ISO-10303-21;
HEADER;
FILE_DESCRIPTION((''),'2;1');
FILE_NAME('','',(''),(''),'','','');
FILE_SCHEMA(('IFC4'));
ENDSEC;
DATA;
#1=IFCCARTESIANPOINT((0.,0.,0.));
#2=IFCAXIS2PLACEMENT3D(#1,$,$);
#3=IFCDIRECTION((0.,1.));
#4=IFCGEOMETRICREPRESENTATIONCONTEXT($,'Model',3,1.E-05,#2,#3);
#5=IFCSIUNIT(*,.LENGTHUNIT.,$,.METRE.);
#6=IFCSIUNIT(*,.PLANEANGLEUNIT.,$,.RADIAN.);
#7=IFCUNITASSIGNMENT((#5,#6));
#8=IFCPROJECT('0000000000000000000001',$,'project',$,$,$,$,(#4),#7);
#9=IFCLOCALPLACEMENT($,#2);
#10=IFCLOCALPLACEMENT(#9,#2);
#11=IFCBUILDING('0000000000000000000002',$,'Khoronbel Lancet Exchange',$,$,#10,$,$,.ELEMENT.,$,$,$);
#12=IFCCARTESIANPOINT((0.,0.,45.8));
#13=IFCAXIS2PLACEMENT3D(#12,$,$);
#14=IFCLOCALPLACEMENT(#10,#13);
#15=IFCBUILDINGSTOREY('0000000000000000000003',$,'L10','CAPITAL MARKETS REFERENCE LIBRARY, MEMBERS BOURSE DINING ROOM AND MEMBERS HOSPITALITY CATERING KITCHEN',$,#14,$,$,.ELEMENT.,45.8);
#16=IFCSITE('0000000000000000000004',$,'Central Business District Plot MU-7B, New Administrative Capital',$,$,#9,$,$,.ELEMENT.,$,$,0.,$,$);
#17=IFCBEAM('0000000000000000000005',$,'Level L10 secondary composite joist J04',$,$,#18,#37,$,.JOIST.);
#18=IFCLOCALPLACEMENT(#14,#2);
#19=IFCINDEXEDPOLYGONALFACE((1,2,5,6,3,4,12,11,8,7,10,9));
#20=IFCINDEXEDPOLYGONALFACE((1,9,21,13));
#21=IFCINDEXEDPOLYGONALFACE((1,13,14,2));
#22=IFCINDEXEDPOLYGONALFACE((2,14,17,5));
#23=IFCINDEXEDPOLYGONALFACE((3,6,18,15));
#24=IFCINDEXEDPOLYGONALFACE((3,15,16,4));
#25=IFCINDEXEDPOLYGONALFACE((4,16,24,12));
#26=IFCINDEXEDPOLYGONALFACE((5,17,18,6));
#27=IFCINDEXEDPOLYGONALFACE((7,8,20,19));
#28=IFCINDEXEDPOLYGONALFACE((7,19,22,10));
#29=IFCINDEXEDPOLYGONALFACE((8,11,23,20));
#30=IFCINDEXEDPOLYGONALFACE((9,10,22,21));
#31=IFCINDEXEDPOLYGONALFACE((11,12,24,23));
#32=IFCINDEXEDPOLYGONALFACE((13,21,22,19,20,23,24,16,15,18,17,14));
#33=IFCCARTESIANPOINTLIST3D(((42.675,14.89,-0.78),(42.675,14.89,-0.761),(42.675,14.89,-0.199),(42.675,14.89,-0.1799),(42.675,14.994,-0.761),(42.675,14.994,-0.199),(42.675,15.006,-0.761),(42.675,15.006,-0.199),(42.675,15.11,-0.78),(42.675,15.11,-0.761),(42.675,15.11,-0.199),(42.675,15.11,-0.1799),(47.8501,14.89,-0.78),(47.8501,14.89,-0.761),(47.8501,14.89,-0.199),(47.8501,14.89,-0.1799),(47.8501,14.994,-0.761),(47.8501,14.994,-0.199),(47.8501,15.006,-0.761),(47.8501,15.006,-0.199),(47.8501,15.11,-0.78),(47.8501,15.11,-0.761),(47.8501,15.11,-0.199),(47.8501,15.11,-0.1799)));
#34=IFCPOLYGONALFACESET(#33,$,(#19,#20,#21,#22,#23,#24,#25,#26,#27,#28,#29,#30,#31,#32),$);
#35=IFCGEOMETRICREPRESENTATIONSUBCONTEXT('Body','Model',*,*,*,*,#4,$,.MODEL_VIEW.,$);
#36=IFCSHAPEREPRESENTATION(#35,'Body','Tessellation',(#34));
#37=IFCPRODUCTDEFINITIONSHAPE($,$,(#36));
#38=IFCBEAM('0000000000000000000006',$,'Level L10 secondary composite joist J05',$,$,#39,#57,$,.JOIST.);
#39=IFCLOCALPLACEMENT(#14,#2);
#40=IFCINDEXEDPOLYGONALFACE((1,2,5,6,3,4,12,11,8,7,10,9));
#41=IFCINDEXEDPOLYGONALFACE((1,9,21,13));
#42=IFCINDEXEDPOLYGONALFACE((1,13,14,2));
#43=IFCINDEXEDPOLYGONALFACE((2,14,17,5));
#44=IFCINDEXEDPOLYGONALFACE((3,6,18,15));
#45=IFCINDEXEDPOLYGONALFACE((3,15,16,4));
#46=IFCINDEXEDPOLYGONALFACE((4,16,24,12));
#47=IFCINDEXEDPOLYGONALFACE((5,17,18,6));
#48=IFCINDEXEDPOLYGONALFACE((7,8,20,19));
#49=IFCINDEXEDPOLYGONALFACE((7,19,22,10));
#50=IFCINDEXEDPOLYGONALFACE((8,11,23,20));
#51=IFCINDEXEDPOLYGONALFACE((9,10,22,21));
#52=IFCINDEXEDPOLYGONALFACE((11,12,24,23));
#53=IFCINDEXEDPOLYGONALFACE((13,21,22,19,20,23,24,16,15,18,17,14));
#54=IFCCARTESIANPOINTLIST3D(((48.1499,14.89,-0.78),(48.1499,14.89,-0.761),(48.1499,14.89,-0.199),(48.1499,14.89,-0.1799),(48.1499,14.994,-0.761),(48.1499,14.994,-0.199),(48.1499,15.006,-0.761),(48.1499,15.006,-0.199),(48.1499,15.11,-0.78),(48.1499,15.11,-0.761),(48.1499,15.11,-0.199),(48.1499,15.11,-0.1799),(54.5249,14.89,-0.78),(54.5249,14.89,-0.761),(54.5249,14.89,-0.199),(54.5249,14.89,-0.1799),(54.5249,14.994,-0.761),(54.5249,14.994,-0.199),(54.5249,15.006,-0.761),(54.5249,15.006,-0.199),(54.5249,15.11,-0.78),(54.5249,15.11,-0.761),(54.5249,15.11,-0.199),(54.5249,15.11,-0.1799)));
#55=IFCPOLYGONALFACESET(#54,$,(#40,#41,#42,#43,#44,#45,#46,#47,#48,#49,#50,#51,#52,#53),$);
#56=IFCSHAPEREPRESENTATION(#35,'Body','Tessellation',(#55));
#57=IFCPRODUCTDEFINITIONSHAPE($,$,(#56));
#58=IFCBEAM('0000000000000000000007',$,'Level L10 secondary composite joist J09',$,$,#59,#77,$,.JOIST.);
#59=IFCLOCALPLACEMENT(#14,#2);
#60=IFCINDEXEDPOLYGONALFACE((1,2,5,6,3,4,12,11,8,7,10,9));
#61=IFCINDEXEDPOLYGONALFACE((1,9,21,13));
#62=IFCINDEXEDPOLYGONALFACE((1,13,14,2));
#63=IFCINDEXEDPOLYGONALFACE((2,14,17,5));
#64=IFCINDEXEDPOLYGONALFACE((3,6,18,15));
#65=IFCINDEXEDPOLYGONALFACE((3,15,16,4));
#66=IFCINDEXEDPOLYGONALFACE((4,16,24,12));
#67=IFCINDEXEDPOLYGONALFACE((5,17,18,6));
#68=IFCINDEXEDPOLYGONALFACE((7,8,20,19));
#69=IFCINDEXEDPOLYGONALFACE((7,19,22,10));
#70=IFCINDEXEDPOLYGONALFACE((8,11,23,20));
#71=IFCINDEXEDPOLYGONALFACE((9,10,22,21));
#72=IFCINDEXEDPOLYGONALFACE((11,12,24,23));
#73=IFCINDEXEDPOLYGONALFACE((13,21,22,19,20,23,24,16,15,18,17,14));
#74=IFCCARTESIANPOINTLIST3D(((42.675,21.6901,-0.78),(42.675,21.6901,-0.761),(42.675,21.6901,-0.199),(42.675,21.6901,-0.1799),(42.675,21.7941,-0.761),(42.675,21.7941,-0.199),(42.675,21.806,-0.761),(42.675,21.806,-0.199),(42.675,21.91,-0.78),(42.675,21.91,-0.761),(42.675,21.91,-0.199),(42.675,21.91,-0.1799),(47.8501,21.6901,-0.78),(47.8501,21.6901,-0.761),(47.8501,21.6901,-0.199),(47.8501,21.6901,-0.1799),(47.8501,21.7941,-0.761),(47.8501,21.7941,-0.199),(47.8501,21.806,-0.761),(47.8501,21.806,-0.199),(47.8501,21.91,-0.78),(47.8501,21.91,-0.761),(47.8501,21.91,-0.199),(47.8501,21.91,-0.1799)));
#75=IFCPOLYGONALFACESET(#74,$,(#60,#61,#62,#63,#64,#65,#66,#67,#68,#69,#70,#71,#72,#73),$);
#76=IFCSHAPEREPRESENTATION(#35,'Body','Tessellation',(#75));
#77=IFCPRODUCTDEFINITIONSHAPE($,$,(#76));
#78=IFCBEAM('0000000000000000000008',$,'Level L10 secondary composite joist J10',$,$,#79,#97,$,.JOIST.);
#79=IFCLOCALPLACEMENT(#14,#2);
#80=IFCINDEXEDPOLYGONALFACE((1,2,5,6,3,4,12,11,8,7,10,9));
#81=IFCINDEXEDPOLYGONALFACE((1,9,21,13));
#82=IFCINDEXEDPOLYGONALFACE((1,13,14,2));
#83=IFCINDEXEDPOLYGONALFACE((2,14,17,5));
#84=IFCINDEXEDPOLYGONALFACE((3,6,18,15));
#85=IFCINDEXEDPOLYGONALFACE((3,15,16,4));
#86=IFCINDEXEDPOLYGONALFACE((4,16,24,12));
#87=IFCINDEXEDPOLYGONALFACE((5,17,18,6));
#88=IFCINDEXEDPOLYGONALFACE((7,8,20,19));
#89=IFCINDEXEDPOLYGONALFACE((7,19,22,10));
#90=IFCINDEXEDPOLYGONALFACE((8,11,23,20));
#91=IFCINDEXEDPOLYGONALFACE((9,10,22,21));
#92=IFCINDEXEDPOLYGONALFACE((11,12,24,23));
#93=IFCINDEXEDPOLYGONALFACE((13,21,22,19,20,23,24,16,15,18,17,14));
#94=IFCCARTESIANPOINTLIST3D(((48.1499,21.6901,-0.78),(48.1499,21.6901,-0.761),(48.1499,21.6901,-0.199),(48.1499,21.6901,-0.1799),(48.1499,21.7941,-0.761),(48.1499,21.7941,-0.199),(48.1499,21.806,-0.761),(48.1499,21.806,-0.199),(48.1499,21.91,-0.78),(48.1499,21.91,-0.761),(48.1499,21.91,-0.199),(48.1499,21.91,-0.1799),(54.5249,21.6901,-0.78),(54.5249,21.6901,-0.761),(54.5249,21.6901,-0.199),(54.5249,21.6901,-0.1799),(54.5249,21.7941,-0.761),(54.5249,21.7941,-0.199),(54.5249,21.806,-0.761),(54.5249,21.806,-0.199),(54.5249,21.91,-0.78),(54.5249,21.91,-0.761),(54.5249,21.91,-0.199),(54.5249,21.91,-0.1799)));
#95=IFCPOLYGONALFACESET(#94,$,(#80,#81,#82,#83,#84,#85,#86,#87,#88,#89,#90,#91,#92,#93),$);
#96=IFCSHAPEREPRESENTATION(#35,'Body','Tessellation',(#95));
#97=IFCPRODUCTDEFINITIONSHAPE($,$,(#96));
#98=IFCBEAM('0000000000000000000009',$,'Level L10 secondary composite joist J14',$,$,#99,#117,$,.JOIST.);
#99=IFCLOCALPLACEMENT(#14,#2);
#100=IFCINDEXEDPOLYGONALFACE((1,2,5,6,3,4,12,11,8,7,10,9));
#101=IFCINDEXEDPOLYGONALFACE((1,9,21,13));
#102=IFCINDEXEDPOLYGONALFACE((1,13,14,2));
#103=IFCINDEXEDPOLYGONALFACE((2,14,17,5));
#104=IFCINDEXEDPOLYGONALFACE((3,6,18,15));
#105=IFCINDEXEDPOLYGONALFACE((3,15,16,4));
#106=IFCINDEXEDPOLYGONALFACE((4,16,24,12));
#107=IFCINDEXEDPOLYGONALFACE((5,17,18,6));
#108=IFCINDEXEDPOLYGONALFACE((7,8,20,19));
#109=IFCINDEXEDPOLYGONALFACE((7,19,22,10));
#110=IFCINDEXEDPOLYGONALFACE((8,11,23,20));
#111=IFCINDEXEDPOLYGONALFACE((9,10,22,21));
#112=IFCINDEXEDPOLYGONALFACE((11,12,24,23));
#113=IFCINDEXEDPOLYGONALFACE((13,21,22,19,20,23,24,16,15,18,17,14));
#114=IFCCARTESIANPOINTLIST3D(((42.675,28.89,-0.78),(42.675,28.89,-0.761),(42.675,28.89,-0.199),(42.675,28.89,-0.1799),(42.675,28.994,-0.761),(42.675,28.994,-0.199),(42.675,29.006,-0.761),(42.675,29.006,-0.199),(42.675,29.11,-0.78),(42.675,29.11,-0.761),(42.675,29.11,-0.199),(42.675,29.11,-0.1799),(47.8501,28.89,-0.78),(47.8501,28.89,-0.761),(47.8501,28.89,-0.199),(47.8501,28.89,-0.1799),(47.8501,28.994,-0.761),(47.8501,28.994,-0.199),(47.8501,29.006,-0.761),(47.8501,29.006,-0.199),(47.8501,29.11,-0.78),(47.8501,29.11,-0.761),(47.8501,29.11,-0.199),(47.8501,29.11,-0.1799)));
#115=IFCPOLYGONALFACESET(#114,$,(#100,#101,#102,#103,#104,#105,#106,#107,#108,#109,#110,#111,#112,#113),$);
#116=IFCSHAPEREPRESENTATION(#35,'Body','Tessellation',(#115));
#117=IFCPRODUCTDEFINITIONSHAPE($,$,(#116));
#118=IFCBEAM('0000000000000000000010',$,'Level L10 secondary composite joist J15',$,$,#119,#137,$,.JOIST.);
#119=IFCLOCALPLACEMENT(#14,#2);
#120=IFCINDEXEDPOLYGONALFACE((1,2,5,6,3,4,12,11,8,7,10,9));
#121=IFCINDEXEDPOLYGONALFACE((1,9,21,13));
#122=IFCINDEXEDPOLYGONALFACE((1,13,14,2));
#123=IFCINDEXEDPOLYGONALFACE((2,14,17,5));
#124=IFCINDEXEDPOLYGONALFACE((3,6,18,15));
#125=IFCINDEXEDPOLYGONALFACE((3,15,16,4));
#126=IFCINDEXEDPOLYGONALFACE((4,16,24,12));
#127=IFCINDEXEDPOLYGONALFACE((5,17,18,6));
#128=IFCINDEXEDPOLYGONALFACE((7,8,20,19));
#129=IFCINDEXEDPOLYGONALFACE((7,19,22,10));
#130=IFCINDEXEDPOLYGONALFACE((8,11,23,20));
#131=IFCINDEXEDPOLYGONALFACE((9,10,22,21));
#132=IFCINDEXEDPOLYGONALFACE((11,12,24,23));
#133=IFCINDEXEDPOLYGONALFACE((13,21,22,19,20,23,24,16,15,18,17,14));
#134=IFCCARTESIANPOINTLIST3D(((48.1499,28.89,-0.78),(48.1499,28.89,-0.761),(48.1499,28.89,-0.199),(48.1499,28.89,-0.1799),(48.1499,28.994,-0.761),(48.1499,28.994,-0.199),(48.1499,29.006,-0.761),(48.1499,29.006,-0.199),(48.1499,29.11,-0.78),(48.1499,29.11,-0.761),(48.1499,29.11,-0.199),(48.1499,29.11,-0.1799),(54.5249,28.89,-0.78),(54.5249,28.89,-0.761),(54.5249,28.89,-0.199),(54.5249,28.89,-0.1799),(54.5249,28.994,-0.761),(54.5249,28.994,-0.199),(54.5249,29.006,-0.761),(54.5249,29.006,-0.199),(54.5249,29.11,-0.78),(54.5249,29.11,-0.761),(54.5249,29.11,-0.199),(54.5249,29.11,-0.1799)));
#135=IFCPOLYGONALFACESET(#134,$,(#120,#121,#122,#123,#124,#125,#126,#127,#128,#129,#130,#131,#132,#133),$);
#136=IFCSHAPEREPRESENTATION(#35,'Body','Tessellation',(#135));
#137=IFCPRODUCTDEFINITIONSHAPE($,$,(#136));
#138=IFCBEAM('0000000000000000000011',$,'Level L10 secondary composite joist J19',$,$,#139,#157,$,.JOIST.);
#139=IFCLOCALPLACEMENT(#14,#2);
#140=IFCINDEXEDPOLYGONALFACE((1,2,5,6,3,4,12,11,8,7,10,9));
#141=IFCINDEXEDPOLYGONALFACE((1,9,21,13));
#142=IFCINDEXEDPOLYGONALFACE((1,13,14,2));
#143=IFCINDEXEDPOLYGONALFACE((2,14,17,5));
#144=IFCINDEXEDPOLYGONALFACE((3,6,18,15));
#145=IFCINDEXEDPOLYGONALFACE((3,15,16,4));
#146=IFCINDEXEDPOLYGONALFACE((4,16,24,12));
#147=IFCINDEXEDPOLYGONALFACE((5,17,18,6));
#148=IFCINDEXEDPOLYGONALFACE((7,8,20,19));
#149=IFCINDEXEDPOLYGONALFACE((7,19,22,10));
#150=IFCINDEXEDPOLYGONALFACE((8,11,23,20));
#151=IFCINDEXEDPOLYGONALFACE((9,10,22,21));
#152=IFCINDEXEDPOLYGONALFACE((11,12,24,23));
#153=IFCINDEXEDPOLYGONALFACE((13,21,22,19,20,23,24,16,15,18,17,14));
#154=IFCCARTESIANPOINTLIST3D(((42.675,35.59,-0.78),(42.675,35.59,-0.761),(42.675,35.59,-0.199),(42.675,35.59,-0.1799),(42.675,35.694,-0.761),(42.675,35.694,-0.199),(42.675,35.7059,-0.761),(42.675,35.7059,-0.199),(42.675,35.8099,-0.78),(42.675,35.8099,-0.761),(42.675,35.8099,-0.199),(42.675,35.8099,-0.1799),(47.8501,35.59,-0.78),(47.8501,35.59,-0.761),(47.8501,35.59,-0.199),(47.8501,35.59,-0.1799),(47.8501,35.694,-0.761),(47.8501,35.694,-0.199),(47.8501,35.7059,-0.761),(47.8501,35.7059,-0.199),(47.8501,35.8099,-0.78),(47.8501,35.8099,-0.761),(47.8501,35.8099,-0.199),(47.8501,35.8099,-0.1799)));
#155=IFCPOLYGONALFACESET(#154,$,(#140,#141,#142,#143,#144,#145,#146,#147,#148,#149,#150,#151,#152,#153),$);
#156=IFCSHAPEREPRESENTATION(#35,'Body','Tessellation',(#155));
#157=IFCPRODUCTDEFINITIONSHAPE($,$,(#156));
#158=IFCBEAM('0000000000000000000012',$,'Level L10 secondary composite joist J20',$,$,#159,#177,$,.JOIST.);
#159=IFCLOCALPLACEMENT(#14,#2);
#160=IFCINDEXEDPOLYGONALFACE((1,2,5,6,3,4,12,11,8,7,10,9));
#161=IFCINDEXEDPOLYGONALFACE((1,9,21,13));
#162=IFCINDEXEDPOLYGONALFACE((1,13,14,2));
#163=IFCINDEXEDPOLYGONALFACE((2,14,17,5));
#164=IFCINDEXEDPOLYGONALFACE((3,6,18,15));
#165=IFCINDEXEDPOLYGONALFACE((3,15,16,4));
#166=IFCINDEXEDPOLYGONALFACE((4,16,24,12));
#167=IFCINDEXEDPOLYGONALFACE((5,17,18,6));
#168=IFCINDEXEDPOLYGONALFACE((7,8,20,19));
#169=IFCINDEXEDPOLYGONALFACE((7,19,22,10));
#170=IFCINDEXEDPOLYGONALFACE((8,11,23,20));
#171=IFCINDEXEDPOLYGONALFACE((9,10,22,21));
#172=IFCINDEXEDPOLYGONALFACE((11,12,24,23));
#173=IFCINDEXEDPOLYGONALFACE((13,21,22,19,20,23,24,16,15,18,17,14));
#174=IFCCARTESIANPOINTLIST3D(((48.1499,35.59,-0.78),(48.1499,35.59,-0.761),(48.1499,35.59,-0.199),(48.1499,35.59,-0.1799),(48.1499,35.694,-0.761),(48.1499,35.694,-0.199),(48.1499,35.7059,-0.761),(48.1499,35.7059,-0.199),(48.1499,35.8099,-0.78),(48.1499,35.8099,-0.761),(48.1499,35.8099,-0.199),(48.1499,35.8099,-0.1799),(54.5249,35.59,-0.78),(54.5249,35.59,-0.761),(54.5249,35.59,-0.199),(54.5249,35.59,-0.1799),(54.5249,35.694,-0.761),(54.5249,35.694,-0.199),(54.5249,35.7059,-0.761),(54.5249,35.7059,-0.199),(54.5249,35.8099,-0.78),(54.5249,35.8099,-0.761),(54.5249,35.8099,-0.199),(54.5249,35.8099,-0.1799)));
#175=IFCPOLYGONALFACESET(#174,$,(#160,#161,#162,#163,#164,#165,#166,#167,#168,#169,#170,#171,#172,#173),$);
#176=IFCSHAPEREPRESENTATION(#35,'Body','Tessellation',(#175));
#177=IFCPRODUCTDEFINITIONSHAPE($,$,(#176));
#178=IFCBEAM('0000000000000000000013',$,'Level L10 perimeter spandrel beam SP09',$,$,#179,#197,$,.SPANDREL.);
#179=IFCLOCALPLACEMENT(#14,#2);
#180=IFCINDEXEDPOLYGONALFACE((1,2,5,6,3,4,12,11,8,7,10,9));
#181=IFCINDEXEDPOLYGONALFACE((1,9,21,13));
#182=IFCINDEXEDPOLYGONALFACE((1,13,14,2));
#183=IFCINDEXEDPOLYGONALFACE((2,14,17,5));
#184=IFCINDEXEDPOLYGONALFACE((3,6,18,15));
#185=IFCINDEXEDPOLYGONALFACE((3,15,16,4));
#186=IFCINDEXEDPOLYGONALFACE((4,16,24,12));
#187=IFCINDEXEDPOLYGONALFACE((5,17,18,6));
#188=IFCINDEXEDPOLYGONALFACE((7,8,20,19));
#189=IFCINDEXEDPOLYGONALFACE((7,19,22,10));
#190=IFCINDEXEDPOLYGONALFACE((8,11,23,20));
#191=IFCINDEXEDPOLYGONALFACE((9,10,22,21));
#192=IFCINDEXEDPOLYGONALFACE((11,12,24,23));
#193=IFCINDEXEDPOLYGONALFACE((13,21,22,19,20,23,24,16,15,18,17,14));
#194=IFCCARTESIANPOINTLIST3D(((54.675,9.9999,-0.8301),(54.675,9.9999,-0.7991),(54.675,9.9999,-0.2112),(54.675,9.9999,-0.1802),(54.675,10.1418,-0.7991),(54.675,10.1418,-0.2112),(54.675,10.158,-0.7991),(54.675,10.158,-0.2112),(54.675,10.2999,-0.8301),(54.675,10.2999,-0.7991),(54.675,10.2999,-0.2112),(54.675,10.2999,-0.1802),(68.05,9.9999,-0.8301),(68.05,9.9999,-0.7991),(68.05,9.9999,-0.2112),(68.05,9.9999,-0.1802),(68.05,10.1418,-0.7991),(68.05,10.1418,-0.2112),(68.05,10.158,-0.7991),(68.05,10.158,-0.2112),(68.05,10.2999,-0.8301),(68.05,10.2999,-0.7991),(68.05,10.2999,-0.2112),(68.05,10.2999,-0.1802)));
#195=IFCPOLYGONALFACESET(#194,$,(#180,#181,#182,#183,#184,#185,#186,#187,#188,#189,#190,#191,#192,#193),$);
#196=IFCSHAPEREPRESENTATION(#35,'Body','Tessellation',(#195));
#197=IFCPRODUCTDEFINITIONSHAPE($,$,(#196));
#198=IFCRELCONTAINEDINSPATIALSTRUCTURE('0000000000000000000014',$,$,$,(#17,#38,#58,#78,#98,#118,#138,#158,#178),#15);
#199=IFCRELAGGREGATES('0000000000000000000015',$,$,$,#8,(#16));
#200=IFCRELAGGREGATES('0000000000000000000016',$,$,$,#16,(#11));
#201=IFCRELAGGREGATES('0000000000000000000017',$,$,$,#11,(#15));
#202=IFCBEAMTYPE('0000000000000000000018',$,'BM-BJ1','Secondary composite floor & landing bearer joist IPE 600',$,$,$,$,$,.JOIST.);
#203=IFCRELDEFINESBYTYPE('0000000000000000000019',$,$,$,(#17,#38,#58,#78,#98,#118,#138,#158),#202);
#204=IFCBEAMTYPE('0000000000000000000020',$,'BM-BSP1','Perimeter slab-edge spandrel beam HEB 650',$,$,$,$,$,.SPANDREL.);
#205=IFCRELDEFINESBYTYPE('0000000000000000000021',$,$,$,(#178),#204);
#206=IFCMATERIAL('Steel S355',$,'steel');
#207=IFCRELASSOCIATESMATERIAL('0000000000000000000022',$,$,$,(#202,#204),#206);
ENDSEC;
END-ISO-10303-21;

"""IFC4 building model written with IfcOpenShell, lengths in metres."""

from ifc_helpers import new_model, si_unit, direction, frame, origin, origin_2d, place, context, subcontext, project, spatial, i_section, extrude, material, material_profile, profile_set, type_object, element, save


model = new_model("IFC4")

# Units and contexts
model_context = context("Model", 3, precision=1e-05, world=origin(), true_north=direction((0.0, 1.0)))
body_context = subcontext(model_context, "Body", "Model", "MODEL_VIEW")
ifc_project = project(units=[si_unit("LENGTHUNIT", "METRE"), si_unit("PLANEANGLEUNIT", "RADIAN")], contexts=[model_context])

# Site, building, storey
site_placement = place(None, origin())
site = spatial("IfcSite", under=ifc_project, at=site_placement, Name="Central Business District Plot MU-7B, New Administrative Capital", CompositionType="ELEMENT", RefElevation=0.0)
building_placement = place(site_placement, origin())
building = spatial("IfcBuilding", under=site, at=building_placement, Name="Khoronbel Lancet Exchange", CompositionType="ELEMENT")
storey_placement = place(building_placement, frame((0.0, 0.0, 45.8)))
storey = spatial("IfcBuildingStorey", under=building, at=storey_placement, Name="L10", Description="CAPITAL MARKETS REFERENCE LIBRARY, MEMBERS BOURSE DINING ROOM AND MEMBERS HOSPITALITY CATERING KITCHEN", CompositionType="ELEMENT", Elevation=45.8)

# Beams
ifc_material_1 = material(Name="Steel S355", Category="steel")
ifc_material_profile_1 = material_profile(ifc_material_1, i_section(OverallWidth=0.22, OverallDepth=0.6001, WebThickness=0.012, FlangeThickness=0.019, at=origin_2d()), Name="IPE 600")
ifc_profile_set_1 = profile_set([ifc_material_profile_1], Name="Steel S355")
beam_type_1 = type_object("IfcBeamType", Name="BM-BJ1", Description="Secondary composite floor & landing bearer joist IPE 600", PredefinedType="JOIST", material=ifc_profile_set_1)
beam_1_placement = place(storey_placement, frame((42.675, 15.0, -0.48), z_axis=(1.0, 0.0, 0.0), x_axis=(0.0, 1.0, 0.0)))
element("IfcBeam", 1, at=beam_1_placement, inside=storey, type_object=beam_type_1, Name="Level L10 secondary composite joist J04", PredefinedType="JOIST", context=body_context, shape_type="SweptSolid", body=[
    extrude(i_section(OverallWidth=0.22, OverallDepth=0.6001, WebThickness=0.012, FlangeThickness=0.019, at=origin_2d()), origin(), (0.0, 0.0, 1.0), 5.175),
])
beam_2_placement = place(storey_placement, frame((48.1499, 15.0, -0.48), z_axis=(1.0, 0.0, 0.0), x_axis=(0.0, 1.0, 0.0)))
element("IfcBeam", 2, at=beam_2_placement, inside=storey, type_object=beam_type_1, Name="Level L10 secondary composite joist J05", PredefinedType="JOIST", context=body_context, shape_type="SweptSolid", body=[
    extrude(i_section(OverallWidth=0.22, OverallDepth=0.6001, WebThickness=0.012, FlangeThickness=0.019, at=origin_2d()), origin(), (0.0, 0.0, 1.0), 6.375),
])
beam_3_placement = place(storey_placement, frame((42.675, 21.8, -0.48), z_axis=(1.0, 0.0, 0.0), x_axis=(0.0, 1.0, 0.0)))
element("IfcBeam", 3, at=beam_3_placement, inside=storey, type_object=beam_type_1, Name="Level L10 secondary composite joist J09", PredefinedType="JOIST", context=body_context, shape_type="SweptSolid", body=[
    extrude(i_section(OverallWidth=0.22, OverallDepth=0.6001, WebThickness=0.012, FlangeThickness=0.019, at=origin_2d()), origin(), (0.0, 0.0, 1.0), 5.175),
])
beam_4_placement = place(storey_placement, frame((48.1499, 21.8, -0.48), z_axis=(1.0, 0.0, 0.0), x_axis=(0.0, 1.0, 0.0)))
element("IfcBeam", 4, at=beam_4_placement, inside=storey, type_object=beam_type_1, Name="Level L10 secondary composite joist J10", PredefinedType="JOIST", context=body_context, shape_type="SweptSolid", body=[
    extrude(i_section(OverallWidth=0.22, OverallDepth=0.6001, WebThickness=0.012, FlangeThickness=0.019, at=origin_2d()), origin(), (0.0, 0.0, 1.0), 6.375),
])
beam_5_placement = place(storey_placement, frame((42.675, 29.0, -0.48), z_axis=(1.0, 0.0, 0.0), x_axis=(0.0, 1.0, 0.0)))
element("IfcBeam", 5, at=beam_5_placement, inside=storey, type_object=beam_type_1, Name="Level L10 secondary composite joist J14", PredefinedType="JOIST", context=body_context, shape_type="SweptSolid", body=[
    extrude(i_section(OverallWidth=0.22, OverallDepth=0.6001, WebThickness=0.012, FlangeThickness=0.019, at=origin_2d()), origin(), (0.0, 0.0, 1.0), 5.175),
])
beam_6_placement = place(storey_placement, frame((48.1499, 29.0, -0.48), z_axis=(1.0, 0.0, 0.0), x_axis=(0.0, 1.0, 0.0)))
element("IfcBeam", 6, at=beam_6_placement, inside=storey, type_object=beam_type_1, Name="Level L10 secondary composite joist J15", PredefinedType="JOIST", context=body_context, shape_type="SweptSolid", body=[
    extrude(i_section(OverallWidth=0.22, OverallDepth=0.6001, WebThickness=0.012, FlangeThickness=0.019, at=origin_2d()), origin(), (0.0, 0.0, 1.0), 6.375),
])
beam_7_placement = place(storey_placement, frame((42.675, 35.7, -0.48), z_axis=(1.0, 0.0, 0.0), x_axis=(0.0, 1.0, 0.0)))
element("IfcBeam", 7, at=beam_7_placement, inside=storey, type_object=beam_type_1, Name="Level L10 secondary composite joist J19", PredefinedType="JOIST", context=body_context, shape_type="SweptSolid", body=[
    extrude(i_section(OverallWidth=0.22, OverallDepth=0.6001, WebThickness=0.012, FlangeThickness=0.019, at=origin_2d()), origin(), (0.0, 0.0, 1.0), 5.175),
])
beam_8_placement = place(storey_placement, frame((48.1499, 35.7, -0.48), z_axis=(1.0, 0.0, 0.0), x_axis=(0.0, 1.0, 0.0)))
element("IfcBeam", 8, at=beam_8_placement, inside=storey, type_object=beam_type_1, Name="Level L10 secondary composite joist J20", PredefinedType="JOIST", context=body_context, shape_type="SweptSolid", body=[
    extrude(i_section(OverallWidth=0.22, OverallDepth=0.6001, WebThickness=0.012, FlangeThickness=0.019, at=origin_2d()), origin(), (0.0, 0.0, 1.0), 6.375),
])
ifc_material_profile_2 = material_profile(ifc_material_1, i_section(OverallWidth=0.3, OverallDepth=0.6499, WebThickness=0.0161, FlangeThickness=0.031, at=origin_2d()), Name="HEB 650")
ifc_profile_set_2 = profile_set([ifc_material_profile_2], Name="Steel S355")
beam_type_2 = type_object("IfcBeamType", Name="BM-BSP1", Description="Perimeter slab-edge spandrel beam HEB 650", PredefinedType="SPANDREL", material=ifc_profile_set_2)
beam_9_placement = place(storey_placement, frame((54.675, 10.1499, -0.5051), z_axis=(1.0, 0.0, 0.0), x_axis=(0.0, 1.0, 0.0)))
element("IfcBeam", 9, at=beam_9_placement, inside=storey, type_object=beam_type_2, Name="Level L10 perimeter spandrel beam SP09", PredefinedType="SPANDREL", context=body_context, shape_type="SweptSolid", body=[
    extrude(i_section(OverallWidth=0.3, OverallDepth=0.6499, WebThickness=0.0161, FlangeThickness=0.031, at=origin_2d()), origin(), (0.0, 0.0, 1.0), 13.375),
])

save(model, "model.ifc")
